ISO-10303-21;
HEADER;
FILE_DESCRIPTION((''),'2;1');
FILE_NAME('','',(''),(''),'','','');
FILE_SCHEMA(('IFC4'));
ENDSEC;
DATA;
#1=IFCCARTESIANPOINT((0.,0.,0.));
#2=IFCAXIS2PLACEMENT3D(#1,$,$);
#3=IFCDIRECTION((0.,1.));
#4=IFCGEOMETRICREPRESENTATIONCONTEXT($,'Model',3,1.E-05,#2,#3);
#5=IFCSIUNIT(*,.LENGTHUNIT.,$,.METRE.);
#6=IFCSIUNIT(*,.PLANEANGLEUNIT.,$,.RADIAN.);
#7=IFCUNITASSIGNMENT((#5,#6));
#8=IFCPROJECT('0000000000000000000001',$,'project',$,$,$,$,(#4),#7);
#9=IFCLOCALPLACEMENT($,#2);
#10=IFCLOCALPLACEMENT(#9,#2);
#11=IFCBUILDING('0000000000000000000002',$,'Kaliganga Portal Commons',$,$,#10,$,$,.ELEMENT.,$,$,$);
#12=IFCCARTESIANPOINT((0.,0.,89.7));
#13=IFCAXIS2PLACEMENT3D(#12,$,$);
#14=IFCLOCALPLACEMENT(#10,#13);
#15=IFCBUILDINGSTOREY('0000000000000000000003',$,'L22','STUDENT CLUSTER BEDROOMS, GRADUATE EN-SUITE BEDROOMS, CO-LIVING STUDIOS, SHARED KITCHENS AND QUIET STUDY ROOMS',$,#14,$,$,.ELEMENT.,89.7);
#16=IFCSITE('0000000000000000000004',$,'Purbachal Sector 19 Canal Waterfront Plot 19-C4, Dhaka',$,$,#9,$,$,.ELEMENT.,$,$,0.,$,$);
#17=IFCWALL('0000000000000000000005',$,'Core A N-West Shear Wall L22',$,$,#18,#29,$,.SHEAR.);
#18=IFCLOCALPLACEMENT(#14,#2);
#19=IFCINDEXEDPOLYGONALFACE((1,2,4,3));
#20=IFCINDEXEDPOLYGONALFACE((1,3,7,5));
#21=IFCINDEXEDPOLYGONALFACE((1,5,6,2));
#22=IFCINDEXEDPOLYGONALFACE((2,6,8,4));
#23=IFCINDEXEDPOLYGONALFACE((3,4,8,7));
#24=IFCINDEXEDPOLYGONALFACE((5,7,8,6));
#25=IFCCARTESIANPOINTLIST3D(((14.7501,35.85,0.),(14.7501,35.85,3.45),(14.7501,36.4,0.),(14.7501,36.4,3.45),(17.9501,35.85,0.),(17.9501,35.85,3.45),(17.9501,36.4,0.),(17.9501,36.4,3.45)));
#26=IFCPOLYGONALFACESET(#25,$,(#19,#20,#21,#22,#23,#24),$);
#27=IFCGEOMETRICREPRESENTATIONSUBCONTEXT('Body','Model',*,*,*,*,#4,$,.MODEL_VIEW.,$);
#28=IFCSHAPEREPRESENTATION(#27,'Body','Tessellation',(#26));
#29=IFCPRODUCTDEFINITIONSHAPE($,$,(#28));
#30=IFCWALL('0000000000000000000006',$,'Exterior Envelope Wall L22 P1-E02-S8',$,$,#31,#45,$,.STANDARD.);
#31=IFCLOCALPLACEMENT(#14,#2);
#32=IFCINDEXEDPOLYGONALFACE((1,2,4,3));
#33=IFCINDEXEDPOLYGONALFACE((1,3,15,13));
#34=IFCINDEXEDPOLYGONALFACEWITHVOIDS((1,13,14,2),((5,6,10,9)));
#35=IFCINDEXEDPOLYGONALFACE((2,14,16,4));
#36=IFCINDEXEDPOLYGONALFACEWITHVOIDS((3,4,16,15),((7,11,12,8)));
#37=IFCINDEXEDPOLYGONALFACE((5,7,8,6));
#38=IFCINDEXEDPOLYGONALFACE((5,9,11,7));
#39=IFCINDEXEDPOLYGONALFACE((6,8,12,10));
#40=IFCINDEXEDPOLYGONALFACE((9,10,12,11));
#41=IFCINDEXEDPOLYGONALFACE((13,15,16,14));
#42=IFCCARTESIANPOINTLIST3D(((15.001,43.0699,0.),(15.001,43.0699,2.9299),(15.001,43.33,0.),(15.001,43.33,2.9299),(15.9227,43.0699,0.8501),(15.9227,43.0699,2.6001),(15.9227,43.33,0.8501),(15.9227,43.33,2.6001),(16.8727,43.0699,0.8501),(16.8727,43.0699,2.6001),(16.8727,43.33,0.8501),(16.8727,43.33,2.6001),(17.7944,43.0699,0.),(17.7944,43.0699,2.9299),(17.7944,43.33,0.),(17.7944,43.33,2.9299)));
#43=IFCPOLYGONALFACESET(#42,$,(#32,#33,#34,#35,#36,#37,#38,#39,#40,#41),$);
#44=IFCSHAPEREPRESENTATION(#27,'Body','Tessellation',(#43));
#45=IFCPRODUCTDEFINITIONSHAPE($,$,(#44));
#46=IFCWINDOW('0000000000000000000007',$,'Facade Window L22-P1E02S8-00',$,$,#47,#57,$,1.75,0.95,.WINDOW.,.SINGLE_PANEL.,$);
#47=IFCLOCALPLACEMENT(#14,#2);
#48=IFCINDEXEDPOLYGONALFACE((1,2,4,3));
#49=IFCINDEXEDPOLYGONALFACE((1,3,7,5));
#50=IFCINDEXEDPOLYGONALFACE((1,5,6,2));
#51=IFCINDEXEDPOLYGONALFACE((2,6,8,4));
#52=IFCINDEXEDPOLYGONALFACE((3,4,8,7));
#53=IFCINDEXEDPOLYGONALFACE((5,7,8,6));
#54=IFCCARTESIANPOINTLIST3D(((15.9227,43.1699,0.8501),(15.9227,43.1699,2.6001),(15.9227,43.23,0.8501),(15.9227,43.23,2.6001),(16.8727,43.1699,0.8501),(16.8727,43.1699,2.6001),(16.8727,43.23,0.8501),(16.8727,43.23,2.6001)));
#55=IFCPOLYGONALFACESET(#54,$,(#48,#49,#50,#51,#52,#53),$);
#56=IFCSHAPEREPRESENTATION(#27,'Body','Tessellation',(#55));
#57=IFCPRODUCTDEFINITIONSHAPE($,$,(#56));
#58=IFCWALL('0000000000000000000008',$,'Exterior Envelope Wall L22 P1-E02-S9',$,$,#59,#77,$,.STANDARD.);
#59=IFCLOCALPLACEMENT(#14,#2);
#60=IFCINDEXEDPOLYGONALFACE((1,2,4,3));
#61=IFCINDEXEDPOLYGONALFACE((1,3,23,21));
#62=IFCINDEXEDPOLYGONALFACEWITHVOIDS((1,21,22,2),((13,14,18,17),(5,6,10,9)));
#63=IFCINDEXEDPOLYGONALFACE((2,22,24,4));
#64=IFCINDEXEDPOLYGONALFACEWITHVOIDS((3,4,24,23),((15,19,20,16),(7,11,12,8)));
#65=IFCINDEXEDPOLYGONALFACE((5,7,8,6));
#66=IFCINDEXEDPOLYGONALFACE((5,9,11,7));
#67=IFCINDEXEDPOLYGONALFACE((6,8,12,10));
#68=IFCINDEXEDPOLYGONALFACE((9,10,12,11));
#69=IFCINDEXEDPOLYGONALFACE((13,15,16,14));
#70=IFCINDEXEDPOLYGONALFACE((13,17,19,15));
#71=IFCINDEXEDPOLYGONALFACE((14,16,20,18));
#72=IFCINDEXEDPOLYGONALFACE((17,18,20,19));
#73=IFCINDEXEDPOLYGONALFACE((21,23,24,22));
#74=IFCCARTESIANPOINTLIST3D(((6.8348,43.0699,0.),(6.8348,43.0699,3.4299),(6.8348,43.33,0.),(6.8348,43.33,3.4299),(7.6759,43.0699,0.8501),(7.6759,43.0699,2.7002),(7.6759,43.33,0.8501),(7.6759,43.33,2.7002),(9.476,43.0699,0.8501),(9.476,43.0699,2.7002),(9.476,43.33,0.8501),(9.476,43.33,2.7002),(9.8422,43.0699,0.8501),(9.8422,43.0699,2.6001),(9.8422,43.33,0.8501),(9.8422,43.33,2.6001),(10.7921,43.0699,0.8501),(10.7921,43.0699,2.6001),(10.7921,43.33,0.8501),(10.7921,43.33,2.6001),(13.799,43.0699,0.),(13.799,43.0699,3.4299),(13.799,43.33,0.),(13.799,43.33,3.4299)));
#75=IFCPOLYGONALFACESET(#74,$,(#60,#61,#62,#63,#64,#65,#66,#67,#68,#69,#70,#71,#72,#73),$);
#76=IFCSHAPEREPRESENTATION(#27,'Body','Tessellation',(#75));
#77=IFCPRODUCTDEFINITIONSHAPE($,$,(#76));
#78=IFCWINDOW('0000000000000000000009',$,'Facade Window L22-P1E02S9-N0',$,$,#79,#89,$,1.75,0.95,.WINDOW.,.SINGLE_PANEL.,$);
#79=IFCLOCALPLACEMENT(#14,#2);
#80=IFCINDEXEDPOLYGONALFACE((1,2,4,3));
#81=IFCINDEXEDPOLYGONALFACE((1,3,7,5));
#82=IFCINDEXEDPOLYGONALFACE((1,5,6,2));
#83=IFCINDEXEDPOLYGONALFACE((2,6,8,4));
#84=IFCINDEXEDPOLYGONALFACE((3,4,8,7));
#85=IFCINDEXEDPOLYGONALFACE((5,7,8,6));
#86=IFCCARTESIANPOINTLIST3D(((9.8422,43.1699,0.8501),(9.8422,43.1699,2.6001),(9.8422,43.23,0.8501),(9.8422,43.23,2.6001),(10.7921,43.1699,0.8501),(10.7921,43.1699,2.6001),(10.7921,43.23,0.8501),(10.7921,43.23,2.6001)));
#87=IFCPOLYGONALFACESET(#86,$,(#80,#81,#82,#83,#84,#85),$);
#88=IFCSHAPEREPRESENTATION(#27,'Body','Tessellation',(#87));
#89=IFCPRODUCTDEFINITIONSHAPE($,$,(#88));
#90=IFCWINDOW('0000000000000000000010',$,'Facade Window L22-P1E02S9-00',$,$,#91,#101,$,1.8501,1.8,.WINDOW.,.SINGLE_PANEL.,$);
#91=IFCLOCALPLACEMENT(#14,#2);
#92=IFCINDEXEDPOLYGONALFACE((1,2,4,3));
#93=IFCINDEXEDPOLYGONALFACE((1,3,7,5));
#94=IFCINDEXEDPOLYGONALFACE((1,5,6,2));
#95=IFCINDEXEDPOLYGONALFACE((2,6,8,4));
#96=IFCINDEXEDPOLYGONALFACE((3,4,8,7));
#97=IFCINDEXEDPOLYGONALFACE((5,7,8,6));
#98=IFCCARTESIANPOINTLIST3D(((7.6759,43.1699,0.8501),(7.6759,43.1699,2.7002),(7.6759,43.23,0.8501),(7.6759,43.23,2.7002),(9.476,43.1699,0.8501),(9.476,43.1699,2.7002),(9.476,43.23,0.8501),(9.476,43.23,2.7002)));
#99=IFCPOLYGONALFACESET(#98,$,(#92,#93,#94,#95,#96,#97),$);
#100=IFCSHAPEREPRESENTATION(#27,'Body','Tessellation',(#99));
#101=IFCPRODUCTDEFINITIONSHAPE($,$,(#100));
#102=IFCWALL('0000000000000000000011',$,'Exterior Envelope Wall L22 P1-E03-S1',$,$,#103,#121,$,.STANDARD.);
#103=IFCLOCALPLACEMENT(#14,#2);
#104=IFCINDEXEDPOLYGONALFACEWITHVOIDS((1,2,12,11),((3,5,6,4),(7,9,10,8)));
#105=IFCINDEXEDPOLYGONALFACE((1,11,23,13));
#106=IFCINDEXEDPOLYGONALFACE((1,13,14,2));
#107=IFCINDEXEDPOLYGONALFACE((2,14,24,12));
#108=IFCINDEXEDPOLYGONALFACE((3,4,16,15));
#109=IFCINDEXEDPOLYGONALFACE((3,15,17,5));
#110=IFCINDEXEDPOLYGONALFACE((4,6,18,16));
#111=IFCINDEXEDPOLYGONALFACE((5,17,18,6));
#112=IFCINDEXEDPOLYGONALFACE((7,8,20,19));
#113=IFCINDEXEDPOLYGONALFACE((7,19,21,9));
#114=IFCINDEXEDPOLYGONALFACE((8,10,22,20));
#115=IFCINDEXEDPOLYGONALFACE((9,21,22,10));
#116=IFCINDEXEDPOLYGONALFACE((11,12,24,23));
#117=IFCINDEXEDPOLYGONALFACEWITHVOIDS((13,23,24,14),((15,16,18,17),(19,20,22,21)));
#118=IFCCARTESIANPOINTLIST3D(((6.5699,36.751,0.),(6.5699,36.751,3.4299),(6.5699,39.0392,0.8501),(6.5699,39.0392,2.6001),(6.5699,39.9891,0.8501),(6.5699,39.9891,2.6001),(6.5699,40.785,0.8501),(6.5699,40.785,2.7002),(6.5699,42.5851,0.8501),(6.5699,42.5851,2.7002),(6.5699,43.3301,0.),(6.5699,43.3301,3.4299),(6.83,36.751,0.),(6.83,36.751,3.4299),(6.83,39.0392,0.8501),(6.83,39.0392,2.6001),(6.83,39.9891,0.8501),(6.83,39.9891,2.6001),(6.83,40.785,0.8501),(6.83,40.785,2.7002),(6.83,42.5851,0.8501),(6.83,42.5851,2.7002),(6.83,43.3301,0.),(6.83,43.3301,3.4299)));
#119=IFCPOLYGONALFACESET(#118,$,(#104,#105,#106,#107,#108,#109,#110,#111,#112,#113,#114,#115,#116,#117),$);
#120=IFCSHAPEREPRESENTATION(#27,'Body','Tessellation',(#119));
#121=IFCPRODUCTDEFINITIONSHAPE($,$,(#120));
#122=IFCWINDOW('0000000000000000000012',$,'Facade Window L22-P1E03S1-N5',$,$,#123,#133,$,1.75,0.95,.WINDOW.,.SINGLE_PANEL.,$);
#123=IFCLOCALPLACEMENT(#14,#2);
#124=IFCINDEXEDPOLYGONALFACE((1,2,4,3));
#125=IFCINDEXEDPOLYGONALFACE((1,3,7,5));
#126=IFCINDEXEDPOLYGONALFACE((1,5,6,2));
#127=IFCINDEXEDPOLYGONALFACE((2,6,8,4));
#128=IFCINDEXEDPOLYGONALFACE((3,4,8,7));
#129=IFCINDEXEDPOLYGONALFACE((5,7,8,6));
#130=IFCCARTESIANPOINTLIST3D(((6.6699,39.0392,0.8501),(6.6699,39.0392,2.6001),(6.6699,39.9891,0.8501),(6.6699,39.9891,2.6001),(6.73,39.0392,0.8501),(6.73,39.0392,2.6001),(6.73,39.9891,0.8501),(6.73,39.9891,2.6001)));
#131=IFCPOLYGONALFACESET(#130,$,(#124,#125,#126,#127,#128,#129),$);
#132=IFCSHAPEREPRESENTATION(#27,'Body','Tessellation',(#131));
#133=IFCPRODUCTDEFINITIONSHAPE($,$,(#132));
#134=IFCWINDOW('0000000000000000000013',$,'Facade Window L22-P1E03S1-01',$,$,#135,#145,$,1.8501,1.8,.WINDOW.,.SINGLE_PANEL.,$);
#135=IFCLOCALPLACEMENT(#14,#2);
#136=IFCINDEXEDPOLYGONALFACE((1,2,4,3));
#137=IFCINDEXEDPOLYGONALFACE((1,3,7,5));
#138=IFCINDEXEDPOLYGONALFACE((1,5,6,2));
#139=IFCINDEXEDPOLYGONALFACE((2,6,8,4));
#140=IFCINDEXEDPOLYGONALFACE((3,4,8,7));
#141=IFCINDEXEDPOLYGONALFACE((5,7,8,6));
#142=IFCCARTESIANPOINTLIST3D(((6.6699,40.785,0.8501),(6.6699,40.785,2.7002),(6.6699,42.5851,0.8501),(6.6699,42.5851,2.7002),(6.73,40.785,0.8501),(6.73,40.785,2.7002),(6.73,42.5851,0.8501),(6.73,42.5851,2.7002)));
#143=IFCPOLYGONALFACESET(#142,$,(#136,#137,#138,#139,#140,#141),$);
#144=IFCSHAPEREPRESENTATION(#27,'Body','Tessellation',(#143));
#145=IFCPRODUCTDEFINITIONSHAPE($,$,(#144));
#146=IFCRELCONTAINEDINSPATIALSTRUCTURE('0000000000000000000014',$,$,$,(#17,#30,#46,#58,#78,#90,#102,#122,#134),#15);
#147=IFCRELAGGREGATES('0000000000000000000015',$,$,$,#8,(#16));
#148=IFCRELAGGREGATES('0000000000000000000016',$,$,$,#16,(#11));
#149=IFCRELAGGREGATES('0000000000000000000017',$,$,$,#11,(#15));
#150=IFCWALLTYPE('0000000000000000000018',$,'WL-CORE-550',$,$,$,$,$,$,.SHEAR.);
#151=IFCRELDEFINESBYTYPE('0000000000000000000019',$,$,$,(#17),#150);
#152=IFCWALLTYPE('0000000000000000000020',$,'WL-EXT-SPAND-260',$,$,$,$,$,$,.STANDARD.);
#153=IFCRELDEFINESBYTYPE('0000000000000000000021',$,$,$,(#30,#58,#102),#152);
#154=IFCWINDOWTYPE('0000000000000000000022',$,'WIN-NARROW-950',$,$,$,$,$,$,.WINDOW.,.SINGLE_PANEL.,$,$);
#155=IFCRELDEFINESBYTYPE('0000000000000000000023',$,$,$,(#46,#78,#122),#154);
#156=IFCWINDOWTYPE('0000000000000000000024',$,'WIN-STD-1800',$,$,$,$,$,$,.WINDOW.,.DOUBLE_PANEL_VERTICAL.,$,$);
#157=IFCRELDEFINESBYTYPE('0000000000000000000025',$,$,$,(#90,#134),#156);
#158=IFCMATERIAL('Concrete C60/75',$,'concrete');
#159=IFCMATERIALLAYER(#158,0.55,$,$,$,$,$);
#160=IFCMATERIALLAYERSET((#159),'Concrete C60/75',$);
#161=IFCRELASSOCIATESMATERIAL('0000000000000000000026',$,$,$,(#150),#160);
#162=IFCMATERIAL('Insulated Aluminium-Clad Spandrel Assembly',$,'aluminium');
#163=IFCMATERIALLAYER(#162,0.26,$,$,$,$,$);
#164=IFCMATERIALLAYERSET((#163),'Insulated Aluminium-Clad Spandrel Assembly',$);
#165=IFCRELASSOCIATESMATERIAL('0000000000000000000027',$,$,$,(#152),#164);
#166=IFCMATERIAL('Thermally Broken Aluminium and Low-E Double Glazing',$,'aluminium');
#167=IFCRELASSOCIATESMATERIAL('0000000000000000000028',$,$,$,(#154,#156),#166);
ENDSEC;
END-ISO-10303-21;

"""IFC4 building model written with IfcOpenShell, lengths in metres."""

from ifc_helpers import new_model, si_unit, direction, frame, frame_2d, origin, place, context, subcontext, project, spatial, rectangle, extrude, material, layer, layer_set, type_object, element, fill, save


model = new_model("IFC4")

# Units and contexts
model_context = context("Model", 3, precision=1e-05, world=origin(), true_north=direction((0.0, 1.0)))
body_context = subcontext(model_context, "Body", "Model", "MODEL_VIEW")
ifc_project = project(units=[si_unit("LENGTHUNIT", "METRE"), si_unit("PLANEANGLEUNIT", "RADIAN")], contexts=[model_context])

# Site, building, storey
site_placement = place(None, origin())
site = spatial("IfcSite", under=ifc_project, at=site_placement, Name="Purbachal Sector 19 Canal Waterfront Plot 19-C4, Dhaka", CompositionType="ELEMENT", RefElevation=0.0)
building_placement = place(site_placement, origin())
building = spatial("IfcBuilding", under=site, at=building_placement, Name="Kaliganga Portal Commons", CompositionType="ELEMENT")
storey_placement = place(building_placement, frame((0.0, 0.0, 89.7)))
storey = spatial("IfcBuildingStorey", under=building, at=storey_placement, Name="L22", Description="STUDENT CLUSTER BEDROOMS, GRADUATE EN-SUITE BEDROOMS, CO-LIVING STUDIOS, SHARED KITCHENS AND QUIET STUDY ROOMS", CompositionType="ELEMENT", Elevation=89.7)

# Shared definitions
ifc_material_1 = material(Name="Concrete C60/75", Category="concrete")

# Wall
ifc_layer_1 = layer(ifc_material_1, 0.55)
ifc_layer_set_1 = layer_set([ifc_layer_1], Name="Concrete C60/75")
wall_type_1 = type_object("IfcWallType", Name="WL-CORE-550", PredefinedType="SHEAR", material=ifc_layer_set_1)
wall_1_placement = place(storey_placement, frame((14.75, 36.125, 0.0), z_axis=(0.0, 0.0, 1.0), x_axis=(1.0, 0.0, 0.0)))
element("IfcWall", 1, at=wall_1_placement, inside=storey, type_object=wall_type_1, Name="Core A N-West Shear Wall L22", PredefinedType="SHEAR", context=body_context, shape_type="SweptSolid", body=[
    extrude(rectangle(XDim=3.2, YDim=0.55, at=frame_2d((1.6001, 0.0))), origin(), (0.0, 0.0, 1.0), 3.45),
])

# Wall, opening, window
ifc_material_2 = material(Name="Insulated Aluminium-Clad Spandrel Assembly", Category="aluminium")
ifc_layer_2 = layer(ifc_material_2, 0.26)
ifc_layer_set_2 = layer_set([ifc_layer_2], Name="Insulated Aluminium-Clad Spandrel Assembly")
wall_type_2 = type_object("IfcWallType", Name="WL-EXT-SPAND-260", PredefinedType="STANDARD", material=ifc_layer_set_2)
wall_2_placement = place(storey_placement, frame((15.001, 43.2, 0.0), z_axis=(0.0, 0.0, 1.0), x_axis=(1.0, 0.0, 0.0)))
wall_2 = element("IfcWall", 2, at=wall_2_placement, inside=storey, type_object=wall_type_2, Name="Exterior Envelope Wall L22 P1-E02-S8", PredefinedType="STANDARD", context=body_context, shape_type="SweptSolid", body=[
    extrude(rectangle(XDim=2.7935, YDim=0.26, at=frame_2d((1.3967, 0.0))), origin(), (0.0, 0.0, 1.0), 2.9299),
])
opening_1_placement = place(wall_2_placement, frame((0.9216, 0.0, 0.8501)))
opening_1 = element("IfcOpeningElement", 3, at=opening_1_placement, cuts=wall_2, PredefinedType="OPENING", context=body_context, shape_type="SweptSolid", body=[
    extrude(rectangle(XDim=0.95, YDim=1.75, at=frame_2d((0.4751, 0.875))), frame((0.0, 0.1401, 0.0), z_axis=(0.0, -1.0, 0.0), x_axis=(1.0, 0.0, 0.0)), (0.0, 0.0, 1.0), 0.28),
])
ifc_material_3 = material(Name="Thermally Broken Aluminium and Low-E Double Glazing", Category="aluminium")
window_type_1 = type_object("IfcWindowType", Name="WIN-NARROW-950", PartitioningType="SINGLE_PANEL", PredefinedType="WINDOW", material=ifc_material_3)
window_1_placement = place(opening_1_placement, origin())
window_1 = element("IfcWindow", 4, at=window_1_placement, inside=storey, type_object=window_type_1, Name="Facade Window L22-P1E02S8-00", OverallHeight=1.75, OverallWidth=0.95, PartitioningType="SINGLE_PANEL", PredefinedType="WINDOW", context=body_context, shape_type="SweptSolid", body=[
    extrude(rectangle(XDim=0.95, YDim=1.75, at=frame_2d((0.4751, 0.875))), frame((0.0, 0.03, 0.0), z_axis=(0.0, -1.0, 0.0), x_axis=(1.0, 0.0, 0.0)), (0.0, 0.0, 1.0), 0.0601),
])
fill(opening_1, window_1)

# Walls, openings, windows
wall_3_placement = place(storey_placement, frame((6.835, 43.2, 0.0), z_axis=(0.0, 0.0, 1.0), x_axis=(1.0, 0.0, 0.0)))
wall_3 = element("IfcWall", 5, at=wall_3_placement, inside=storey, type_object=wall_type_2, Name="Exterior Envelope Wall L22 P1-E02-S9", PredefinedType="STANDARD", context=body_context, shape_type="SweptSolid", body=[
    extrude(rectangle(XDim=6.9641, YDim=0.26, at=frame_2d((3.4819, 0.0))), origin(), (0.0, 0.0, 1.0), 3.4299),
])
opening_2_placement = place(wall_3_placement, frame((0.8411, 0.0, 0.8501)))
opening_2 = element("IfcOpeningElement", 6, at=opening_2_placement, cuts=wall_3, PredefinedType="OPENING", context=body_context, shape_type="SweptSolid", body=[
    extrude(rectangle(XDim=1.8, YDim=1.8501, at=frame_2d((0.8999, 0.925))), frame((0.0, 0.1401, 0.0), z_axis=(0.0, -1.0, 0.0), x_axis=(1.0, 0.0, 0.0)), (0.0, 0.0, 1.0), 0.28),
])
opening_3_placement = place(wall_3_placement, frame((3.0071, 0.0, 0.8501)))
opening_3 = element("IfcOpeningElement", 7, at=opening_3_placement, cuts=wall_3, PredefinedType="OPENING", context=body_context, shape_type="SweptSolid", body=[
    extrude(rectangle(XDim=0.95, YDim=1.75, at=frame_2d((0.4751, 0.875))), frame((0.0, 0.1401, 0.0), z_axis=(0.0, -1.0, 0.0), x_axis=(1.0, 0.0, 0.0)), (0.0, 0.0, 1.0), 0.28),
])
window_2_placement = place(opening_3_placement, origin())
window_2 = element("IfcWindow", 8, at=window_2_placement, inside=storey, type_object=window_type_1, Name="Facade Window L22-P1E02S9-N0", OverallHeight=1.75, OverallWidth=0.95, PartitioningType="SINGLE_PANEL", PredefinedType="WINDOW", context=body_context, shape_type="SweptSolid", body=[
    extrude(rectangle(XDim=0.95, YDim=1.75, at=frame_2d((0.4751, 0.875))), frame((0.0, 0.03, 0.0), z_axis=(0.0, -1.0, 0.0), x_axis=(1.0, 0.0, 0.0)), (0.0, 0.0, 1.0), 0.0601),
])
fill(opening_3, window_2)
window_type_2 = type_object("IfcWindowType", Name="WIN-STD-1800", PartitioningType="DOUBLE_PANEL_VERTICAL", PredefinedType="WINDOW", material=ifc_material_3)
window_3_placement = place(opening_2_placement, origin())
window_3 = element("IfcWindow", 9, at=window_3_placement, inside=storey, type_object=window_type_2, Name="Facade Window L22-P1E02S9-00", OverallHeight=1.8501, OverallWidth=1.8, PartitioningType="SINGLE_PANEL", PredefinedType="WINDOW", context=body_context, shape_type="SweptSolid", body=[
    extrude(rectangle(XDim=1.8, YDim=1.8501, at=frame_2d((0.8999, 0.925))), frame((0.0, 0.03, 0.0), z_axis=(0.0, -1.0, 0.0), x_axis=(1.0, 0.0, 0.0)), (0.0, 0.0, 1.0), 0.0601),
])
fill(opening_2, window_3)
wall_4_placement = place(storey_placement, frame((6.7, 36.751, 0.0), z_axis=(0.0, 0.0, 1.0), x_axis=(0.0, 1.0, 0.0)))
wall_4 = element("IfcWall", 10, at=wall_4_placement, inside=storey, type_object=wall_type_2, Name="Exterior Envelope Wall L22 P1-E03-S1", PredefinedType="STANDARD", context=body_context, shape_type="SweptSolid", body=[
    extrude(rectangle(XDim=6.5791, YDim=0.26, at=frame_2d((3.2896, 0.0))), origin(), (0.0, 0.0, 1.0), 3.4299),
])
opening_4_placement = place(wall_4_placement, frame((4.0342, 0.0, 0.8501)))
opening_4 = element("IfcOpeningElement", 11, at=opening_4_placement, cuts=wall_4, PredefinedType="OPENING", context=body_context, shape_type="SweptSolid", body=[
    extrude(rectangle(XDim=1.8, YDim=1.8501, at=frame_2d((0.8999, 0.925))), frame((0.0, 0.1401, 0.0), z_axis=(0.0, -1.0, 0.0), x_axis=(1.0, 0.0, 0.0)), (0.0, 0.0, 1.0), 0.28),
])
opening_5_placement = place(wall_4_placement, frame((2.2881, 0.0, 0.8501)))
opening_5 = element("IfcOpeningElement", 12, at=opening_5_placement, cuts=wall_4, PredefinedType="OPENING", context=body_context, shape_type="SweptSolid", body=[
    extrude(rectangle(XDim=0.95, YDim=1.75, at=frame_2d((0.4751, 0.875))), frame((0.0, 0.1401, 0.0), z_axis=(0.0, -1.0, 0.0), x_axis=(1.0, 0.0, 0.0)), (0.0, 0.0, 1.0), 0.28),
])
window_4_placement = place(opening_5_placement, origin())
window_4 = element("IfcWindow", 13, at=window_4_placement, inside=storey, type_object=window_type_1, Name="Facade Window L22-P1E03S1-N5", OverallHeight=1.75, OverallWidth=0.95, PartitioningType="SINGLE_PANEL", PredefinedType="WINDOW", context=body_context, shape_type="SweptSolid", body=[
    extrude(rectangle(XDim=0.95, YDim=1.75, at=frame_2d((0.4751, 0.875))), frame((0.0, 0.03, 0.0), z_axis=(0.0, -1.0, 0.0), x_axis=(1.0, 0.0, 0.0)), (0.0, 0.0, 1.0), 0.0601),
])
fill(opening_5, window_4)
window_5_placement = place(opening_4_placement, origin())
window_5 = element("IfcWindow", 14, at=window_5_placement, inside=storey, type_object=window_type_2, Name="Facade Window L22-P1E03S1-01", OverallHeight=1.8501, OverallWidth=1.8, PartitioningType="SINGLE_PANEL", PredefinedType="WINDOW", context=body_context, shape_type="SweptSolid", body=[
    extrude(rectangle(XDim=1.8, YDim=1.8501, at=frame_2d((0.8999, 0.925))), frame((0.0, 0.03, 0.0), z_axis=(0.0, -1.0, 0.0), x_axis=(1.0, 0.0, 0.0)), (0.0, 0.0, 1.0), 0.0601),
])
fill(opening_4, window_5)

save(model, "model.ifc")
